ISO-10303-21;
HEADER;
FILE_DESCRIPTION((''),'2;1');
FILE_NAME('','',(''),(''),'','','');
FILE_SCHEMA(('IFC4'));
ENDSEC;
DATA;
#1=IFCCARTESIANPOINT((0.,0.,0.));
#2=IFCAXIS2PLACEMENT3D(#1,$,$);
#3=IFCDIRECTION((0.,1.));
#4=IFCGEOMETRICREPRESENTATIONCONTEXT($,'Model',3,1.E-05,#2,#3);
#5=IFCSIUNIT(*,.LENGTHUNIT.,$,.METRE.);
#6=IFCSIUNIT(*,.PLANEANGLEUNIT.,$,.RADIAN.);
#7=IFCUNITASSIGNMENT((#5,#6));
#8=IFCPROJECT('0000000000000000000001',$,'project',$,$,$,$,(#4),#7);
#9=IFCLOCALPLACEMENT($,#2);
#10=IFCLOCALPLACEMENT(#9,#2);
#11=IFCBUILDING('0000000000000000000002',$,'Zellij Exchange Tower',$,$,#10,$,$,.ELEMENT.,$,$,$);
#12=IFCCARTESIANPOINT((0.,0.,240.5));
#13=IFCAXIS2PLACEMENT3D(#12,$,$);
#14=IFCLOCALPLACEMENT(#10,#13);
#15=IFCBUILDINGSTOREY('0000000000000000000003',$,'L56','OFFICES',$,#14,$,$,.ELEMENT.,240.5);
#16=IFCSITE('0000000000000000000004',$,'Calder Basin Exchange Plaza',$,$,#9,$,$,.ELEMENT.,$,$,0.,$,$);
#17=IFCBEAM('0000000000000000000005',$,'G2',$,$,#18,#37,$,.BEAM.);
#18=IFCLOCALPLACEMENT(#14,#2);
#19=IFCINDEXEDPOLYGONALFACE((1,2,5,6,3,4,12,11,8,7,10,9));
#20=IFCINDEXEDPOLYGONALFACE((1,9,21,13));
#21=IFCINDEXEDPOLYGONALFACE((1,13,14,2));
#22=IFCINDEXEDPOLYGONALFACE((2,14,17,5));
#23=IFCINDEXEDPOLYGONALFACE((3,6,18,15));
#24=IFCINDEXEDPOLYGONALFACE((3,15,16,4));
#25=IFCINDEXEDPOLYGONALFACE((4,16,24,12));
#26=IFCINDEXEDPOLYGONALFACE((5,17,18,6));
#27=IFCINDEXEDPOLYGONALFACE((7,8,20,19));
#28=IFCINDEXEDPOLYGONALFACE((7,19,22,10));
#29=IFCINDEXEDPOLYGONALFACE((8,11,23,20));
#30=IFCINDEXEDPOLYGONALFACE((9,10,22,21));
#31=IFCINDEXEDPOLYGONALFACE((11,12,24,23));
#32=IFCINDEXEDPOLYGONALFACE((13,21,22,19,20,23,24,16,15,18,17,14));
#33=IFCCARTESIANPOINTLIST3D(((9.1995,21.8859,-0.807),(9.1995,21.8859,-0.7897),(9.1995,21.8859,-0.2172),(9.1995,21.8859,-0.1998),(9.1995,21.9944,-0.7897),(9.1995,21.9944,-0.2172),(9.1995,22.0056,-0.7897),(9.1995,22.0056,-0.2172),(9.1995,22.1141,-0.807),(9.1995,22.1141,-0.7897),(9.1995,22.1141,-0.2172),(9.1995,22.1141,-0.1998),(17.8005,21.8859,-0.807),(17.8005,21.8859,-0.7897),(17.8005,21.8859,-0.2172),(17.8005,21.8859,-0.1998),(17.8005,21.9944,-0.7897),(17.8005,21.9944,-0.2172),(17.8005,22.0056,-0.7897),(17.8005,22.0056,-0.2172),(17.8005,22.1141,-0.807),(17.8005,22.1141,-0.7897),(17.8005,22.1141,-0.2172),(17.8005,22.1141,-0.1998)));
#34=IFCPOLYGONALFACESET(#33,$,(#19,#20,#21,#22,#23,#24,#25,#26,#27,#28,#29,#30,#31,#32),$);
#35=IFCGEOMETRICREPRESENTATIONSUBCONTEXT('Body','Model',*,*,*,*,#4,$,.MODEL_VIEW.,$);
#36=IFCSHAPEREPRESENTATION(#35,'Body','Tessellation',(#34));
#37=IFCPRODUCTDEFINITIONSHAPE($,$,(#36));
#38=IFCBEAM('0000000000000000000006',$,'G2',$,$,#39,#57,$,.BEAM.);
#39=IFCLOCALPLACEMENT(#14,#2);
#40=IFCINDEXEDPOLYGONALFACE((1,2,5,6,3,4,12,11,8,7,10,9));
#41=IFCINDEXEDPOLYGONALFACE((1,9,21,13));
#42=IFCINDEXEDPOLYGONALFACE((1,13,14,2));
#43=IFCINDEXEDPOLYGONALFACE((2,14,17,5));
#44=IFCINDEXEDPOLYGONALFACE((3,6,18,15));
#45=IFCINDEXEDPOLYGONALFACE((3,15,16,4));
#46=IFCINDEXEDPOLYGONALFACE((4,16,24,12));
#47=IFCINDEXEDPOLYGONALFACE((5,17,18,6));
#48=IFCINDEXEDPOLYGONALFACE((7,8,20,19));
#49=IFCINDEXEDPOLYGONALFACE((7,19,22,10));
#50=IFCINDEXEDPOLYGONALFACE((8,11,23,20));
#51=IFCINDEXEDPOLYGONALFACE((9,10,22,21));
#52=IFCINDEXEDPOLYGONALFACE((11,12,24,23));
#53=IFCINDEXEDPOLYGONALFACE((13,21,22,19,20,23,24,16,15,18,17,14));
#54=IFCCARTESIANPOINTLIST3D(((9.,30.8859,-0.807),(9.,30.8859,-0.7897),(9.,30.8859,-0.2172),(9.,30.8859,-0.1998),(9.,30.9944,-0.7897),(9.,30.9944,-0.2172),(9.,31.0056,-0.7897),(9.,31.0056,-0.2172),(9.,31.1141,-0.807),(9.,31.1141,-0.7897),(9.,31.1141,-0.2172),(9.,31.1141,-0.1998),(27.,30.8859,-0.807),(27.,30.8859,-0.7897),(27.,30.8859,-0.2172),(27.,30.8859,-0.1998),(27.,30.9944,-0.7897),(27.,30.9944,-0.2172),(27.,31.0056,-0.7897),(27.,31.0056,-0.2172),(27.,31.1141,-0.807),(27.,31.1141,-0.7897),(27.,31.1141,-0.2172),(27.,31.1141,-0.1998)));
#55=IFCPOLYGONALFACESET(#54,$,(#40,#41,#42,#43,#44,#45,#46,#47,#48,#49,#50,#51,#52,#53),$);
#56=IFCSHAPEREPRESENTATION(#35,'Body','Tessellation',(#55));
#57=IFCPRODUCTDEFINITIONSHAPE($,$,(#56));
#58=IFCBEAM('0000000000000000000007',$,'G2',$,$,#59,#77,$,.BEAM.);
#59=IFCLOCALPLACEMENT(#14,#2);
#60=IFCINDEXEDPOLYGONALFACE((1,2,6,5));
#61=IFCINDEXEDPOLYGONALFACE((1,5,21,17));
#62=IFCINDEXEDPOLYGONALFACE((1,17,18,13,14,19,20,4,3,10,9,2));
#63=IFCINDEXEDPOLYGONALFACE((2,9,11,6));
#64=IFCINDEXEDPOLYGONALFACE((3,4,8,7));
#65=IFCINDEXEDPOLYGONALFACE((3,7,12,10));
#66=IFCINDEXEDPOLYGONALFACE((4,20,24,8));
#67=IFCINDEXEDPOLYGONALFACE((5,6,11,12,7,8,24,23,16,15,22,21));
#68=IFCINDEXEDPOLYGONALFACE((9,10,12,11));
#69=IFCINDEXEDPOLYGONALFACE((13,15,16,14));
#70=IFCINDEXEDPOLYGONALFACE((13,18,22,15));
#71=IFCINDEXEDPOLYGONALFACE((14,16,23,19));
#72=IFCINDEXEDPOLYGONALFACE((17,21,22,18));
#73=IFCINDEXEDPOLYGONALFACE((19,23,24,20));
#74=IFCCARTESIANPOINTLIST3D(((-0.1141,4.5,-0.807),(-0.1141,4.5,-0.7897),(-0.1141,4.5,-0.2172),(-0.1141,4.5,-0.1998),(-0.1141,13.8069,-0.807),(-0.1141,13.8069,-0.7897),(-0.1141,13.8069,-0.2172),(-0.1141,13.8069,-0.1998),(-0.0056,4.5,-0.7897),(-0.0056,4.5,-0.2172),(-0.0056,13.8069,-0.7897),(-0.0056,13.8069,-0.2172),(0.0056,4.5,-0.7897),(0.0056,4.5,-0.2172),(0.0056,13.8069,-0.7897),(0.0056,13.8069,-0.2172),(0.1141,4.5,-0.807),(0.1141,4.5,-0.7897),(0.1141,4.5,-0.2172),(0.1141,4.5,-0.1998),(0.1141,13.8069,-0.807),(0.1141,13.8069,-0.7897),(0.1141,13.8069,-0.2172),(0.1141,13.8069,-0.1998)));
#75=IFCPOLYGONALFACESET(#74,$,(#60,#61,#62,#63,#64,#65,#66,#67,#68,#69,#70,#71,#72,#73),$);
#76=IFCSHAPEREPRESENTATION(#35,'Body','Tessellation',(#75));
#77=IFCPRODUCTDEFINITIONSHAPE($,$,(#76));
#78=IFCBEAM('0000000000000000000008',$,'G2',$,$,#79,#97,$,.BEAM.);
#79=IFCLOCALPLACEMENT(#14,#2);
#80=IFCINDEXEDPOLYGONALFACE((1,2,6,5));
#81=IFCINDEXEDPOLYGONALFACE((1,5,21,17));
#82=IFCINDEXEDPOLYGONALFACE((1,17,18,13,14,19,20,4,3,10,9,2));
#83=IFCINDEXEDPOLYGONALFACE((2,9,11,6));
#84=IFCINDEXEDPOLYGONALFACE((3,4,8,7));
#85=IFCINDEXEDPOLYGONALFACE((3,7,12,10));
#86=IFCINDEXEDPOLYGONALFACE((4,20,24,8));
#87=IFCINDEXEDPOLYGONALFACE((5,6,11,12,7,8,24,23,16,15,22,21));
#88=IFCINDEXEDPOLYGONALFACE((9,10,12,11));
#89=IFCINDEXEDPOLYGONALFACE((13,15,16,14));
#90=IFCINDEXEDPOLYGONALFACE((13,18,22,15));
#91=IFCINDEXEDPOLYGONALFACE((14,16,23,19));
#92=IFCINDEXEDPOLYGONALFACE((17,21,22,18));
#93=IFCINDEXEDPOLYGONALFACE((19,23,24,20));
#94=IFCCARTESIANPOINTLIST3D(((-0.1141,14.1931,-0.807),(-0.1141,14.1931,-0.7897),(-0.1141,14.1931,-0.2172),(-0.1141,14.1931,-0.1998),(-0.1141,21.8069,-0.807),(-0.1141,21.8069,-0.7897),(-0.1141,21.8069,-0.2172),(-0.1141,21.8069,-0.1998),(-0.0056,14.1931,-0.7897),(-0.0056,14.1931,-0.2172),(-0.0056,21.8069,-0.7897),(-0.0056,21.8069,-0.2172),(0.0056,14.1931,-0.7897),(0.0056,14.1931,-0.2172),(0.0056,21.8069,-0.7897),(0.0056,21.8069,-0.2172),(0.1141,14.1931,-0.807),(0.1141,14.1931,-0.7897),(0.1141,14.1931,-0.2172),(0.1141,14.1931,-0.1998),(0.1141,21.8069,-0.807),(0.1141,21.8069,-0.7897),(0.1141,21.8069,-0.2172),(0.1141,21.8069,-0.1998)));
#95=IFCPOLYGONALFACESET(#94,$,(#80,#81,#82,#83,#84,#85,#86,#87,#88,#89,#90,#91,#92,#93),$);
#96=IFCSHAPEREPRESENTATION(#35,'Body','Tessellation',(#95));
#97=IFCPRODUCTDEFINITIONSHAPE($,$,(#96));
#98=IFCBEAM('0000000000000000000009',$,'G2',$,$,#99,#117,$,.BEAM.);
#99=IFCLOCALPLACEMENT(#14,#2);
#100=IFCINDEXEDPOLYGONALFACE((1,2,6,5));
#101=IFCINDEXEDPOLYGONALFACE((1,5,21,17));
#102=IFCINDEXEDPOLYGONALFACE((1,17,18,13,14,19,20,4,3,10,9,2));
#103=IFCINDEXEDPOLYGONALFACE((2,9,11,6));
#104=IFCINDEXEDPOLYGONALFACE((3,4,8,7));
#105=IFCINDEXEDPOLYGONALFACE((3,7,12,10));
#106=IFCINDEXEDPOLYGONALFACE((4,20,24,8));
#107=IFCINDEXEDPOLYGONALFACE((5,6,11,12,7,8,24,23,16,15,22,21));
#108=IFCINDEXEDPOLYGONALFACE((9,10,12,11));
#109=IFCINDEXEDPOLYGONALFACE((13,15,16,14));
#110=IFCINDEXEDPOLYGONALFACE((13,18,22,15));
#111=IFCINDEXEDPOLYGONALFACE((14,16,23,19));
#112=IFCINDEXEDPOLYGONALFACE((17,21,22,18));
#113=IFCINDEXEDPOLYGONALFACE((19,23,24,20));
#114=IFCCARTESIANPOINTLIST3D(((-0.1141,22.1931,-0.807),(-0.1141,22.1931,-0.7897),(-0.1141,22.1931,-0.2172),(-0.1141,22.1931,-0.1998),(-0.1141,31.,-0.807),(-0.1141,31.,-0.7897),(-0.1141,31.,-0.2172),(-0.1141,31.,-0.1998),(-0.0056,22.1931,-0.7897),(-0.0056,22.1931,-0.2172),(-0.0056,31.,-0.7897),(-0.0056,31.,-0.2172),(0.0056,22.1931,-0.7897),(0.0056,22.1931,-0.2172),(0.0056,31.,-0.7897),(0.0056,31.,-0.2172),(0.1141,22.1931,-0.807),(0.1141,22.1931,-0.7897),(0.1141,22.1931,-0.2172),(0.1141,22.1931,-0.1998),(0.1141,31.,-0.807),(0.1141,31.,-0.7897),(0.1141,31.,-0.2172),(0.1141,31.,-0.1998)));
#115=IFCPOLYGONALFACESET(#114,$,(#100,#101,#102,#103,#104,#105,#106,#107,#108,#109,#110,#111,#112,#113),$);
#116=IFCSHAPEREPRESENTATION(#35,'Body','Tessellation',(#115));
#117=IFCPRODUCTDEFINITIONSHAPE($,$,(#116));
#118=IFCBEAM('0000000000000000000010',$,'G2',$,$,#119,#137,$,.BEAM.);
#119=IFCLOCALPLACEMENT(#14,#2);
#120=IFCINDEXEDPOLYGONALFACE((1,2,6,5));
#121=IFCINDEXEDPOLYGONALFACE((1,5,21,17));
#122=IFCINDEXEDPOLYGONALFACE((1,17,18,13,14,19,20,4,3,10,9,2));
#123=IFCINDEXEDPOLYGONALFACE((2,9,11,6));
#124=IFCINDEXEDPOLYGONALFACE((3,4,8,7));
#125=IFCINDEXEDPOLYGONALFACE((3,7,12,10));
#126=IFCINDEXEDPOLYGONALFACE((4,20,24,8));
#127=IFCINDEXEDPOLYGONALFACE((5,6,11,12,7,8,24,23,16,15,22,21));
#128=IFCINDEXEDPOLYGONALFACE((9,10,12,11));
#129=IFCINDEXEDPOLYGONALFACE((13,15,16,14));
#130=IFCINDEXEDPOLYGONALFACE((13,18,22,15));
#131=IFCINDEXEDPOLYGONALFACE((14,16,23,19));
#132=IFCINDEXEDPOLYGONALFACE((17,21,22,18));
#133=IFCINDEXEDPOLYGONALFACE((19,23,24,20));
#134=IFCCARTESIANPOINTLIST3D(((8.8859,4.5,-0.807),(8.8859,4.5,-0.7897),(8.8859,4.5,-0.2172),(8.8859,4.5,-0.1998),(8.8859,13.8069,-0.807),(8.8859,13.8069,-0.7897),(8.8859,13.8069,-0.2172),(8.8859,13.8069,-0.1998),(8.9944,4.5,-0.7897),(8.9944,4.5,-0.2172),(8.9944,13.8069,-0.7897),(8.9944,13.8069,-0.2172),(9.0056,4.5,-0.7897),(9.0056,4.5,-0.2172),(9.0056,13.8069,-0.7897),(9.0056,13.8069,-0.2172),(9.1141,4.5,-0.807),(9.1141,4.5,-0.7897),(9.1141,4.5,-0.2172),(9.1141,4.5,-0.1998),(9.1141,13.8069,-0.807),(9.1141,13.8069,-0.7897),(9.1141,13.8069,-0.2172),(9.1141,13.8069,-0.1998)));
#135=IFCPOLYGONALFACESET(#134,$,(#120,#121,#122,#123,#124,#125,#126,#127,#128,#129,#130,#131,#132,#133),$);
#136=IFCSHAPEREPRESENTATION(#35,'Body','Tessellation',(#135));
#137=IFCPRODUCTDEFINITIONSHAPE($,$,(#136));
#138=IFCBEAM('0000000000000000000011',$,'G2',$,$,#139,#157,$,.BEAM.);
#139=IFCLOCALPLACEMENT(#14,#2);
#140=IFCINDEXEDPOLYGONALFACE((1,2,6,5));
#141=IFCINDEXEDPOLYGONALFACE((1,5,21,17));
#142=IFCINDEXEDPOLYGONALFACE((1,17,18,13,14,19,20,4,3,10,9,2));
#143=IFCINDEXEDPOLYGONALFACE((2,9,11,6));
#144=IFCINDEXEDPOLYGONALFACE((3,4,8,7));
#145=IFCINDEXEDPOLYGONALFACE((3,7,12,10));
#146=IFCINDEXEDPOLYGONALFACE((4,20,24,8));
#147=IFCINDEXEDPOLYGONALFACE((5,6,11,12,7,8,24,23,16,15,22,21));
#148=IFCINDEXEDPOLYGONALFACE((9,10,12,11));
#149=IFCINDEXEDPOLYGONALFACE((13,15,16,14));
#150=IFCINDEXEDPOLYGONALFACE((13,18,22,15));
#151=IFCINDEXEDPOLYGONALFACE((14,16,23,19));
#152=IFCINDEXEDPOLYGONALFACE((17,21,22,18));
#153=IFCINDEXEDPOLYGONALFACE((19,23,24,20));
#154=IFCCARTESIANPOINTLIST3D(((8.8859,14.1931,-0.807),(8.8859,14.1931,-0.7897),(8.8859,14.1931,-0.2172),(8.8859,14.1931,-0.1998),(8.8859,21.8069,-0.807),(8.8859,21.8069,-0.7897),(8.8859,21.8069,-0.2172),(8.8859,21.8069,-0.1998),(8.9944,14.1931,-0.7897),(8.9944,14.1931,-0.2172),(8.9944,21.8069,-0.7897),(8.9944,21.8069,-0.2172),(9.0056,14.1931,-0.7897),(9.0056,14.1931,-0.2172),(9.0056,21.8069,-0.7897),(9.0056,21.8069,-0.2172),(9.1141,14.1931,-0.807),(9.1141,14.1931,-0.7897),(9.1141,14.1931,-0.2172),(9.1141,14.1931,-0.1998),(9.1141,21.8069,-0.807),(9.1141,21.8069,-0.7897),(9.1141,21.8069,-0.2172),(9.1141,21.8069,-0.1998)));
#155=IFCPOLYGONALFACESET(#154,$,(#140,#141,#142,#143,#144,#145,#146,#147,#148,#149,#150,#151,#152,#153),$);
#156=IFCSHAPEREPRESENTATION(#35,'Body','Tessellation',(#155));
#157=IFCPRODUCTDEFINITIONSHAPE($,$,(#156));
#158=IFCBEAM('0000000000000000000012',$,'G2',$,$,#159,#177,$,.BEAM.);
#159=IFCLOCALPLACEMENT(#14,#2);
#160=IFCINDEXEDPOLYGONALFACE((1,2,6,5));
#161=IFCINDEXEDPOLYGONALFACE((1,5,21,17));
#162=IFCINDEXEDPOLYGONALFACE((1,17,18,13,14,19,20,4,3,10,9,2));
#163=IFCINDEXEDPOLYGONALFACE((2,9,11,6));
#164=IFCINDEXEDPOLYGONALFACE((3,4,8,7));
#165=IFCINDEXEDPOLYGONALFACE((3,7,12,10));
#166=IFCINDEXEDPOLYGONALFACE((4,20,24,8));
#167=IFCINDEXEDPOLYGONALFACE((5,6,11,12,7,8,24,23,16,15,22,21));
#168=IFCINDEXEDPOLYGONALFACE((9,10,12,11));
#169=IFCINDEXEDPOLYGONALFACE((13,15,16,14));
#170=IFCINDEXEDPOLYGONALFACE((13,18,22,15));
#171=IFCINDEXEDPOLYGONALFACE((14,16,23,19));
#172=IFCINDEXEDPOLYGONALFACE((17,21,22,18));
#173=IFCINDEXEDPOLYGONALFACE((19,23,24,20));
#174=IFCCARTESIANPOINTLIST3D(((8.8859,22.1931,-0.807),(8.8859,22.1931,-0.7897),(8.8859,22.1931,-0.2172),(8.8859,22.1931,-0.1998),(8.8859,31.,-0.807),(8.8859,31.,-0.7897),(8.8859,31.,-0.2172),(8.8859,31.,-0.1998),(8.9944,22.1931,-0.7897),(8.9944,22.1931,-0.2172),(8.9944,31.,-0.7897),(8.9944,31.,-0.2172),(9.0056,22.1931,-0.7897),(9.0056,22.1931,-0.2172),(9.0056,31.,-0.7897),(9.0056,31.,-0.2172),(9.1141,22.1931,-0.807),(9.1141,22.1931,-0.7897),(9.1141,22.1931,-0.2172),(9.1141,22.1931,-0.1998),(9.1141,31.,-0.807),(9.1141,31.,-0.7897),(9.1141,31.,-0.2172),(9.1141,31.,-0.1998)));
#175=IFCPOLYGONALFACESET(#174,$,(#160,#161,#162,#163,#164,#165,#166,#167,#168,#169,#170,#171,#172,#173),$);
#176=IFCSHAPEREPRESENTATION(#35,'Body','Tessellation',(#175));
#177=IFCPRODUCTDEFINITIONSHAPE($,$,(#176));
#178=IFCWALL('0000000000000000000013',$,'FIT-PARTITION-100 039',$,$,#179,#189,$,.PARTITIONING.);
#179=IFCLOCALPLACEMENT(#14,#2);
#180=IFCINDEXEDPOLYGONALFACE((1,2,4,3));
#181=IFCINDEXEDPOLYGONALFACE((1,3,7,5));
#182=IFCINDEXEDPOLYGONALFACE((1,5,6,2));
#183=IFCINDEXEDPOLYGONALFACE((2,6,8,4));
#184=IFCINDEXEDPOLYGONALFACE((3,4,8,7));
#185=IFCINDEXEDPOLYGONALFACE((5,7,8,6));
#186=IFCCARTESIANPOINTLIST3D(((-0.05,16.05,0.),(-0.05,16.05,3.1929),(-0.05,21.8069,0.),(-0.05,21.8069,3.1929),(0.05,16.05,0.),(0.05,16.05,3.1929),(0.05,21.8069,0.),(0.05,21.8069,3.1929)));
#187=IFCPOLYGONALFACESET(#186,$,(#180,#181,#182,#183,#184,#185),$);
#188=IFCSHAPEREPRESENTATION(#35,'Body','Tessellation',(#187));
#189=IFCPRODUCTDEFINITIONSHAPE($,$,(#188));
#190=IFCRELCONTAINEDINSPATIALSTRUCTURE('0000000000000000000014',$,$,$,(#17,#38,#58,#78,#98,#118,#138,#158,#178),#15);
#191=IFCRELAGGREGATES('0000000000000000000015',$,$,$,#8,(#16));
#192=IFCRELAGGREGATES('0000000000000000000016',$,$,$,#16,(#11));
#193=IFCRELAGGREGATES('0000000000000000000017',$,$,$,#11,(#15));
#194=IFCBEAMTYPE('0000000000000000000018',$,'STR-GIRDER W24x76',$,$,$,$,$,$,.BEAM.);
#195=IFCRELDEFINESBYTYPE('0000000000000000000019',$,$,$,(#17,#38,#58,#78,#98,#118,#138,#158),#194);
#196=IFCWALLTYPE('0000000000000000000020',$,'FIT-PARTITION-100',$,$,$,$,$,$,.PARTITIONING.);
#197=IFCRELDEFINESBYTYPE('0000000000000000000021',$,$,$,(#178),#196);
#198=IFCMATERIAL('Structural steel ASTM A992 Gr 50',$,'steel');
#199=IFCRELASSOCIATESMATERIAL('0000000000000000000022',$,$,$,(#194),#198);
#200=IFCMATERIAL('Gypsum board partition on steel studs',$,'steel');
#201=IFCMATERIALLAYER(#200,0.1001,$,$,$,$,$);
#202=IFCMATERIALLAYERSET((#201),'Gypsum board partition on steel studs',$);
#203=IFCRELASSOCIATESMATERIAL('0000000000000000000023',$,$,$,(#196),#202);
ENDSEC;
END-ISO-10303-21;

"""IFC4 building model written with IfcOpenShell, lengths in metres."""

from ifc_helpers import new_model, si_unit, direction, frame, frame_2d, origin, origin_2d, place, context, subcontext, project, spatial, rectangle, i_section, extrude, material, layer, layer_set, material_profile, profile_set, type_object, element, save


model = new_model("IFC4")

# Units and contexts
model_context = context("Model", 3, precision=1e-05, world=origin(), true_north=direction((0.0, 1.0)))
body_context = subcontext(model_context, "Body", "Model", "MODEL_VIEW")
ifc_project = project(units=[si_unit("LENGTHUNIT", "METRE"), si_unit("PLANEANGLEUNIT", "RADIAN")], contexts=[model_context])

# Site, building, storey
site_placement = place(None, origin())
site = spatial("IfcSite", under=ifc_project, at=site_placement, Name="Calder Basin Exchange Plaza", CompositionType="ELEMENT", RefElevation=0.0)
building_placement = place(site_placement, origin())
building = spatial("IfcBuilding", under=site, at=building_placement, Name="Zellij Exchange Tower", CompositionType="ELEMENT")
storey_placement = place(building_placement, frame((0.0, 0.0, 240.5)))
storey = spatial("IfcBuildingStorey", under=building, at=storey_placement, Name="L56", Description="OFFICES", CompositionType="ELEMENT", Elevation=240.5)

# Shared definitions
ifc_material_1 = material(Name="Structural steel ASTM A992 Gr 50", Category="steel")

# Beams
ifc_material_profile_1 = material_profile(ifc_material_1, i_section(OverallWidth=0.2283, OverallDepth=0.6072, WebThickness=0.0112, FlangeThickness=0.0173, at=origin_2d()), Name="W24x76")
ifc_profile_set_1 = profile_set([ifc_material_profile_1], Name="Structural steel ASTM A992 Gr 50")
beam_type = type_object("IfcBeamType", Name="STR-GIRDER W24x76", PredefinedType="BEAM", material=ifc_profile_set_1)
for number, where, z_axis, x_axis, name in (
    (1, (9.1995, 22.0, -0.5034), (1.0, 0.0, 0.0), (0.0, 1.0, 0.0), "G2"),
):
    element("IfcBeam", number, at=place(storey_placement, frame(where, z_axis=z_axis, x_axis=x_axis)), inside=storey, type_object=beam_type, Name=name, PredefinedType="BEAM", context=body_context, shape_type="SweptSolid", body=[
        extrude(i_section(OverallWidth=0.2283, OverallDepth=0.6072, WebThickness=0.0112, FlangeThickness=0.0173, at=origin_2d()), origin(), (0.0, 0.0, 1.0), 8.6011),
    ])
beam_1_placement = place(storey_placement, frame((9.0, 31.0, -0.5034), z_axis=(1.0, 0.0, 0.0), x_axis=(0.0, 1.0, 0.0)))
element("IfcBeam", 2, at=beam_1_placement, inside=storey, type_object=beam_type, Name="G2", PredefinedType="BEAM", context=body_context, shape_type="SweptSolid", body=[
    extrude(i_section(OverallWidth=0.2283, OverallDepth=0.6072, WebThickness=0.0112, FlangeThickness=0.0173, at=origin_2d()), origin(), (0.0, 0.0, 1.0), 18.0),
])
beam_2_placement = place(storey_placement, frame((0.0, 4.5, -0.5034), z_axis=(0.0, 1.0, 0.0), x_axis=(-1.0, 0.0, 0.0)))
element("IfcBeam", 3, at=beam_2_placement, inside=storey, type_object=beam_type, Name="G2", PredefinedType="BEAM", context=body_context, shape_type="SweptSolid", body=[
    extrude(i_section(OverallWidth=0.2283, OverallDepth=0.6072, WebThickness=0.0112, FlangeThickness=0.0173, at=origin_2d()), origin(), (0.0, 0.0, 1.0), 9.3069),
])
beam_3_placement = place(storey_placement, frame((0.0, 14.1931, -0.5034), z_axis=(0.0, 1.0, 0.0), x_axis=(-1.0, 0.0, 0.0)))
element("IfcBeam", 4, at=beam_3_placement, inside=storey, type_object=beam_type, Name="G2", PredefinedType="BEAM", context=body_context, shape_type="SweptSolid", body=[
    extrude(i_section(OverallWidth=0.2283, OverallDepth=0.6072, WebThickness=0.0112, FlangeThickness=0.0173, at=origin_2d()), origin(), (0.0, 0.0, 1.0), 7.6138),
])
beam_4_placement = place(storey_placement, frame((0.0, 22.1931, -0.5034), z_axis=(0.0, 1.0, 0.0), x_axis=(-1.0, 0.0, 0.0)))
element("IfcBeam", 5, at=beam_4_placement, inside=storey, type_object=beam_type, Name="G2", PredefinedType="BEAM", context=body_context, shape_type="SweptSolid", body=[
    extrude(i_section(OverallWidth=0.2283, OverallDepth=0.6072, WebThickness=0.0112, FlangeThickness=0.0173, at=origin_2d()), origin(), (0.0, 0.0, 1.0), 8.8069),
])
beam_5_placement = place(storey_placement, frame((9.0, 4.5, -0.5034), z_axis=(0.0, 1.0, 0.0), x_axis=(-1.0, 0.0, 0.0)))
element("IfcBeam", 6, at=beam_5_placement, inside=storey, type_object=beam_type, Name="G2", PredefinedType="BEAM", context=body_context, shape_type="SweptSolid", body=[
    extrude(i_section(OverallWidth=0.2283, OverallDepth=0.6072, WebThickness=0.0112, FlangeThickness=0.0173, at=origin_2d()), origin(), (0.0, 0.0, 1.0), 9.3069),
])
beam_6_placement = place(storey_placement, frame((9.0, 14.1931, -0.5034), z_axis=(0.0, 1.0, 0.0), x_axis=(-1.0, 0.0, 0.0)))
element("IfcBeam", 7, at=beam_6_placement, inside=storey, type_object=beam_type, Name="G2", PredefinedType="BEAM", context=body_context, shape_type="SweptSolid", body=[
    extrude(i_section(OverallWidth=0.2283, OverallDepth=0.6072, WebThickness=0.0112, FlangeThickness=0.0173, at=origin_2d()), origin(), (0.0, 0.0, 1.0), 7.6138),
])
beam_7_placement = place(storey_placement, frame((9.0, 22.1931, -0.5034), z_axis=(0.0, 1.0, 0.0), x_axis=(-1.0, 0.0, 0.0)))
element("IfcBeam", 8, at=beam_7_placement, inside=storey, type_object=beam_type, Name="G2", PredefinedType="BEAM", context=body_context, shape_type="SweptSolid", body=[
    extrude(i_section(OverallWidth=0.2283, OverallDepth=0.6072, WebThickness=0.0112, FlangeThickness=0.0173, at=origin_2d()), origin(), (0.0, 0.0, 1.0), 8.8069),
])

# Wall
ifc_material_2 = material(Name="Gypsum board partition on steel studs", Category="steel")
ifc_layer = layer(ifc_material_2, 0.1001)
ifc_layer_set = layer_set([ifc_layer], Name="Gypsum board partition on steel studs")
wall_type = type_object("IfcWallType", Name="FIT-PARTITION-100", PredefinedType="PARTITIONING", material=ifc_layer_set)
wall_1_placement = place(storey_placement, frame((0.0, 16.05, 0.0), z_axis=(0.0, 0.0, 1.0), x_axis=(0.0, 1.0, 0.0)))
element("IfcWall", 9, at=wall_1_placement, inside=storey, type_object=wall_type, Name="FIT-PARTITION-100 039", PredefinedType="PARTITIONING", context=body_context, shape_type="SweptSolid", body=[
    extrude(rectangle(XDim=5.7568, YDim=0.1001, at=frame_2d((2.8784, 0.0))), origin(), (0.0, 0.0, 1.0), 3.1929),
])

save(model, "model.ifc")
